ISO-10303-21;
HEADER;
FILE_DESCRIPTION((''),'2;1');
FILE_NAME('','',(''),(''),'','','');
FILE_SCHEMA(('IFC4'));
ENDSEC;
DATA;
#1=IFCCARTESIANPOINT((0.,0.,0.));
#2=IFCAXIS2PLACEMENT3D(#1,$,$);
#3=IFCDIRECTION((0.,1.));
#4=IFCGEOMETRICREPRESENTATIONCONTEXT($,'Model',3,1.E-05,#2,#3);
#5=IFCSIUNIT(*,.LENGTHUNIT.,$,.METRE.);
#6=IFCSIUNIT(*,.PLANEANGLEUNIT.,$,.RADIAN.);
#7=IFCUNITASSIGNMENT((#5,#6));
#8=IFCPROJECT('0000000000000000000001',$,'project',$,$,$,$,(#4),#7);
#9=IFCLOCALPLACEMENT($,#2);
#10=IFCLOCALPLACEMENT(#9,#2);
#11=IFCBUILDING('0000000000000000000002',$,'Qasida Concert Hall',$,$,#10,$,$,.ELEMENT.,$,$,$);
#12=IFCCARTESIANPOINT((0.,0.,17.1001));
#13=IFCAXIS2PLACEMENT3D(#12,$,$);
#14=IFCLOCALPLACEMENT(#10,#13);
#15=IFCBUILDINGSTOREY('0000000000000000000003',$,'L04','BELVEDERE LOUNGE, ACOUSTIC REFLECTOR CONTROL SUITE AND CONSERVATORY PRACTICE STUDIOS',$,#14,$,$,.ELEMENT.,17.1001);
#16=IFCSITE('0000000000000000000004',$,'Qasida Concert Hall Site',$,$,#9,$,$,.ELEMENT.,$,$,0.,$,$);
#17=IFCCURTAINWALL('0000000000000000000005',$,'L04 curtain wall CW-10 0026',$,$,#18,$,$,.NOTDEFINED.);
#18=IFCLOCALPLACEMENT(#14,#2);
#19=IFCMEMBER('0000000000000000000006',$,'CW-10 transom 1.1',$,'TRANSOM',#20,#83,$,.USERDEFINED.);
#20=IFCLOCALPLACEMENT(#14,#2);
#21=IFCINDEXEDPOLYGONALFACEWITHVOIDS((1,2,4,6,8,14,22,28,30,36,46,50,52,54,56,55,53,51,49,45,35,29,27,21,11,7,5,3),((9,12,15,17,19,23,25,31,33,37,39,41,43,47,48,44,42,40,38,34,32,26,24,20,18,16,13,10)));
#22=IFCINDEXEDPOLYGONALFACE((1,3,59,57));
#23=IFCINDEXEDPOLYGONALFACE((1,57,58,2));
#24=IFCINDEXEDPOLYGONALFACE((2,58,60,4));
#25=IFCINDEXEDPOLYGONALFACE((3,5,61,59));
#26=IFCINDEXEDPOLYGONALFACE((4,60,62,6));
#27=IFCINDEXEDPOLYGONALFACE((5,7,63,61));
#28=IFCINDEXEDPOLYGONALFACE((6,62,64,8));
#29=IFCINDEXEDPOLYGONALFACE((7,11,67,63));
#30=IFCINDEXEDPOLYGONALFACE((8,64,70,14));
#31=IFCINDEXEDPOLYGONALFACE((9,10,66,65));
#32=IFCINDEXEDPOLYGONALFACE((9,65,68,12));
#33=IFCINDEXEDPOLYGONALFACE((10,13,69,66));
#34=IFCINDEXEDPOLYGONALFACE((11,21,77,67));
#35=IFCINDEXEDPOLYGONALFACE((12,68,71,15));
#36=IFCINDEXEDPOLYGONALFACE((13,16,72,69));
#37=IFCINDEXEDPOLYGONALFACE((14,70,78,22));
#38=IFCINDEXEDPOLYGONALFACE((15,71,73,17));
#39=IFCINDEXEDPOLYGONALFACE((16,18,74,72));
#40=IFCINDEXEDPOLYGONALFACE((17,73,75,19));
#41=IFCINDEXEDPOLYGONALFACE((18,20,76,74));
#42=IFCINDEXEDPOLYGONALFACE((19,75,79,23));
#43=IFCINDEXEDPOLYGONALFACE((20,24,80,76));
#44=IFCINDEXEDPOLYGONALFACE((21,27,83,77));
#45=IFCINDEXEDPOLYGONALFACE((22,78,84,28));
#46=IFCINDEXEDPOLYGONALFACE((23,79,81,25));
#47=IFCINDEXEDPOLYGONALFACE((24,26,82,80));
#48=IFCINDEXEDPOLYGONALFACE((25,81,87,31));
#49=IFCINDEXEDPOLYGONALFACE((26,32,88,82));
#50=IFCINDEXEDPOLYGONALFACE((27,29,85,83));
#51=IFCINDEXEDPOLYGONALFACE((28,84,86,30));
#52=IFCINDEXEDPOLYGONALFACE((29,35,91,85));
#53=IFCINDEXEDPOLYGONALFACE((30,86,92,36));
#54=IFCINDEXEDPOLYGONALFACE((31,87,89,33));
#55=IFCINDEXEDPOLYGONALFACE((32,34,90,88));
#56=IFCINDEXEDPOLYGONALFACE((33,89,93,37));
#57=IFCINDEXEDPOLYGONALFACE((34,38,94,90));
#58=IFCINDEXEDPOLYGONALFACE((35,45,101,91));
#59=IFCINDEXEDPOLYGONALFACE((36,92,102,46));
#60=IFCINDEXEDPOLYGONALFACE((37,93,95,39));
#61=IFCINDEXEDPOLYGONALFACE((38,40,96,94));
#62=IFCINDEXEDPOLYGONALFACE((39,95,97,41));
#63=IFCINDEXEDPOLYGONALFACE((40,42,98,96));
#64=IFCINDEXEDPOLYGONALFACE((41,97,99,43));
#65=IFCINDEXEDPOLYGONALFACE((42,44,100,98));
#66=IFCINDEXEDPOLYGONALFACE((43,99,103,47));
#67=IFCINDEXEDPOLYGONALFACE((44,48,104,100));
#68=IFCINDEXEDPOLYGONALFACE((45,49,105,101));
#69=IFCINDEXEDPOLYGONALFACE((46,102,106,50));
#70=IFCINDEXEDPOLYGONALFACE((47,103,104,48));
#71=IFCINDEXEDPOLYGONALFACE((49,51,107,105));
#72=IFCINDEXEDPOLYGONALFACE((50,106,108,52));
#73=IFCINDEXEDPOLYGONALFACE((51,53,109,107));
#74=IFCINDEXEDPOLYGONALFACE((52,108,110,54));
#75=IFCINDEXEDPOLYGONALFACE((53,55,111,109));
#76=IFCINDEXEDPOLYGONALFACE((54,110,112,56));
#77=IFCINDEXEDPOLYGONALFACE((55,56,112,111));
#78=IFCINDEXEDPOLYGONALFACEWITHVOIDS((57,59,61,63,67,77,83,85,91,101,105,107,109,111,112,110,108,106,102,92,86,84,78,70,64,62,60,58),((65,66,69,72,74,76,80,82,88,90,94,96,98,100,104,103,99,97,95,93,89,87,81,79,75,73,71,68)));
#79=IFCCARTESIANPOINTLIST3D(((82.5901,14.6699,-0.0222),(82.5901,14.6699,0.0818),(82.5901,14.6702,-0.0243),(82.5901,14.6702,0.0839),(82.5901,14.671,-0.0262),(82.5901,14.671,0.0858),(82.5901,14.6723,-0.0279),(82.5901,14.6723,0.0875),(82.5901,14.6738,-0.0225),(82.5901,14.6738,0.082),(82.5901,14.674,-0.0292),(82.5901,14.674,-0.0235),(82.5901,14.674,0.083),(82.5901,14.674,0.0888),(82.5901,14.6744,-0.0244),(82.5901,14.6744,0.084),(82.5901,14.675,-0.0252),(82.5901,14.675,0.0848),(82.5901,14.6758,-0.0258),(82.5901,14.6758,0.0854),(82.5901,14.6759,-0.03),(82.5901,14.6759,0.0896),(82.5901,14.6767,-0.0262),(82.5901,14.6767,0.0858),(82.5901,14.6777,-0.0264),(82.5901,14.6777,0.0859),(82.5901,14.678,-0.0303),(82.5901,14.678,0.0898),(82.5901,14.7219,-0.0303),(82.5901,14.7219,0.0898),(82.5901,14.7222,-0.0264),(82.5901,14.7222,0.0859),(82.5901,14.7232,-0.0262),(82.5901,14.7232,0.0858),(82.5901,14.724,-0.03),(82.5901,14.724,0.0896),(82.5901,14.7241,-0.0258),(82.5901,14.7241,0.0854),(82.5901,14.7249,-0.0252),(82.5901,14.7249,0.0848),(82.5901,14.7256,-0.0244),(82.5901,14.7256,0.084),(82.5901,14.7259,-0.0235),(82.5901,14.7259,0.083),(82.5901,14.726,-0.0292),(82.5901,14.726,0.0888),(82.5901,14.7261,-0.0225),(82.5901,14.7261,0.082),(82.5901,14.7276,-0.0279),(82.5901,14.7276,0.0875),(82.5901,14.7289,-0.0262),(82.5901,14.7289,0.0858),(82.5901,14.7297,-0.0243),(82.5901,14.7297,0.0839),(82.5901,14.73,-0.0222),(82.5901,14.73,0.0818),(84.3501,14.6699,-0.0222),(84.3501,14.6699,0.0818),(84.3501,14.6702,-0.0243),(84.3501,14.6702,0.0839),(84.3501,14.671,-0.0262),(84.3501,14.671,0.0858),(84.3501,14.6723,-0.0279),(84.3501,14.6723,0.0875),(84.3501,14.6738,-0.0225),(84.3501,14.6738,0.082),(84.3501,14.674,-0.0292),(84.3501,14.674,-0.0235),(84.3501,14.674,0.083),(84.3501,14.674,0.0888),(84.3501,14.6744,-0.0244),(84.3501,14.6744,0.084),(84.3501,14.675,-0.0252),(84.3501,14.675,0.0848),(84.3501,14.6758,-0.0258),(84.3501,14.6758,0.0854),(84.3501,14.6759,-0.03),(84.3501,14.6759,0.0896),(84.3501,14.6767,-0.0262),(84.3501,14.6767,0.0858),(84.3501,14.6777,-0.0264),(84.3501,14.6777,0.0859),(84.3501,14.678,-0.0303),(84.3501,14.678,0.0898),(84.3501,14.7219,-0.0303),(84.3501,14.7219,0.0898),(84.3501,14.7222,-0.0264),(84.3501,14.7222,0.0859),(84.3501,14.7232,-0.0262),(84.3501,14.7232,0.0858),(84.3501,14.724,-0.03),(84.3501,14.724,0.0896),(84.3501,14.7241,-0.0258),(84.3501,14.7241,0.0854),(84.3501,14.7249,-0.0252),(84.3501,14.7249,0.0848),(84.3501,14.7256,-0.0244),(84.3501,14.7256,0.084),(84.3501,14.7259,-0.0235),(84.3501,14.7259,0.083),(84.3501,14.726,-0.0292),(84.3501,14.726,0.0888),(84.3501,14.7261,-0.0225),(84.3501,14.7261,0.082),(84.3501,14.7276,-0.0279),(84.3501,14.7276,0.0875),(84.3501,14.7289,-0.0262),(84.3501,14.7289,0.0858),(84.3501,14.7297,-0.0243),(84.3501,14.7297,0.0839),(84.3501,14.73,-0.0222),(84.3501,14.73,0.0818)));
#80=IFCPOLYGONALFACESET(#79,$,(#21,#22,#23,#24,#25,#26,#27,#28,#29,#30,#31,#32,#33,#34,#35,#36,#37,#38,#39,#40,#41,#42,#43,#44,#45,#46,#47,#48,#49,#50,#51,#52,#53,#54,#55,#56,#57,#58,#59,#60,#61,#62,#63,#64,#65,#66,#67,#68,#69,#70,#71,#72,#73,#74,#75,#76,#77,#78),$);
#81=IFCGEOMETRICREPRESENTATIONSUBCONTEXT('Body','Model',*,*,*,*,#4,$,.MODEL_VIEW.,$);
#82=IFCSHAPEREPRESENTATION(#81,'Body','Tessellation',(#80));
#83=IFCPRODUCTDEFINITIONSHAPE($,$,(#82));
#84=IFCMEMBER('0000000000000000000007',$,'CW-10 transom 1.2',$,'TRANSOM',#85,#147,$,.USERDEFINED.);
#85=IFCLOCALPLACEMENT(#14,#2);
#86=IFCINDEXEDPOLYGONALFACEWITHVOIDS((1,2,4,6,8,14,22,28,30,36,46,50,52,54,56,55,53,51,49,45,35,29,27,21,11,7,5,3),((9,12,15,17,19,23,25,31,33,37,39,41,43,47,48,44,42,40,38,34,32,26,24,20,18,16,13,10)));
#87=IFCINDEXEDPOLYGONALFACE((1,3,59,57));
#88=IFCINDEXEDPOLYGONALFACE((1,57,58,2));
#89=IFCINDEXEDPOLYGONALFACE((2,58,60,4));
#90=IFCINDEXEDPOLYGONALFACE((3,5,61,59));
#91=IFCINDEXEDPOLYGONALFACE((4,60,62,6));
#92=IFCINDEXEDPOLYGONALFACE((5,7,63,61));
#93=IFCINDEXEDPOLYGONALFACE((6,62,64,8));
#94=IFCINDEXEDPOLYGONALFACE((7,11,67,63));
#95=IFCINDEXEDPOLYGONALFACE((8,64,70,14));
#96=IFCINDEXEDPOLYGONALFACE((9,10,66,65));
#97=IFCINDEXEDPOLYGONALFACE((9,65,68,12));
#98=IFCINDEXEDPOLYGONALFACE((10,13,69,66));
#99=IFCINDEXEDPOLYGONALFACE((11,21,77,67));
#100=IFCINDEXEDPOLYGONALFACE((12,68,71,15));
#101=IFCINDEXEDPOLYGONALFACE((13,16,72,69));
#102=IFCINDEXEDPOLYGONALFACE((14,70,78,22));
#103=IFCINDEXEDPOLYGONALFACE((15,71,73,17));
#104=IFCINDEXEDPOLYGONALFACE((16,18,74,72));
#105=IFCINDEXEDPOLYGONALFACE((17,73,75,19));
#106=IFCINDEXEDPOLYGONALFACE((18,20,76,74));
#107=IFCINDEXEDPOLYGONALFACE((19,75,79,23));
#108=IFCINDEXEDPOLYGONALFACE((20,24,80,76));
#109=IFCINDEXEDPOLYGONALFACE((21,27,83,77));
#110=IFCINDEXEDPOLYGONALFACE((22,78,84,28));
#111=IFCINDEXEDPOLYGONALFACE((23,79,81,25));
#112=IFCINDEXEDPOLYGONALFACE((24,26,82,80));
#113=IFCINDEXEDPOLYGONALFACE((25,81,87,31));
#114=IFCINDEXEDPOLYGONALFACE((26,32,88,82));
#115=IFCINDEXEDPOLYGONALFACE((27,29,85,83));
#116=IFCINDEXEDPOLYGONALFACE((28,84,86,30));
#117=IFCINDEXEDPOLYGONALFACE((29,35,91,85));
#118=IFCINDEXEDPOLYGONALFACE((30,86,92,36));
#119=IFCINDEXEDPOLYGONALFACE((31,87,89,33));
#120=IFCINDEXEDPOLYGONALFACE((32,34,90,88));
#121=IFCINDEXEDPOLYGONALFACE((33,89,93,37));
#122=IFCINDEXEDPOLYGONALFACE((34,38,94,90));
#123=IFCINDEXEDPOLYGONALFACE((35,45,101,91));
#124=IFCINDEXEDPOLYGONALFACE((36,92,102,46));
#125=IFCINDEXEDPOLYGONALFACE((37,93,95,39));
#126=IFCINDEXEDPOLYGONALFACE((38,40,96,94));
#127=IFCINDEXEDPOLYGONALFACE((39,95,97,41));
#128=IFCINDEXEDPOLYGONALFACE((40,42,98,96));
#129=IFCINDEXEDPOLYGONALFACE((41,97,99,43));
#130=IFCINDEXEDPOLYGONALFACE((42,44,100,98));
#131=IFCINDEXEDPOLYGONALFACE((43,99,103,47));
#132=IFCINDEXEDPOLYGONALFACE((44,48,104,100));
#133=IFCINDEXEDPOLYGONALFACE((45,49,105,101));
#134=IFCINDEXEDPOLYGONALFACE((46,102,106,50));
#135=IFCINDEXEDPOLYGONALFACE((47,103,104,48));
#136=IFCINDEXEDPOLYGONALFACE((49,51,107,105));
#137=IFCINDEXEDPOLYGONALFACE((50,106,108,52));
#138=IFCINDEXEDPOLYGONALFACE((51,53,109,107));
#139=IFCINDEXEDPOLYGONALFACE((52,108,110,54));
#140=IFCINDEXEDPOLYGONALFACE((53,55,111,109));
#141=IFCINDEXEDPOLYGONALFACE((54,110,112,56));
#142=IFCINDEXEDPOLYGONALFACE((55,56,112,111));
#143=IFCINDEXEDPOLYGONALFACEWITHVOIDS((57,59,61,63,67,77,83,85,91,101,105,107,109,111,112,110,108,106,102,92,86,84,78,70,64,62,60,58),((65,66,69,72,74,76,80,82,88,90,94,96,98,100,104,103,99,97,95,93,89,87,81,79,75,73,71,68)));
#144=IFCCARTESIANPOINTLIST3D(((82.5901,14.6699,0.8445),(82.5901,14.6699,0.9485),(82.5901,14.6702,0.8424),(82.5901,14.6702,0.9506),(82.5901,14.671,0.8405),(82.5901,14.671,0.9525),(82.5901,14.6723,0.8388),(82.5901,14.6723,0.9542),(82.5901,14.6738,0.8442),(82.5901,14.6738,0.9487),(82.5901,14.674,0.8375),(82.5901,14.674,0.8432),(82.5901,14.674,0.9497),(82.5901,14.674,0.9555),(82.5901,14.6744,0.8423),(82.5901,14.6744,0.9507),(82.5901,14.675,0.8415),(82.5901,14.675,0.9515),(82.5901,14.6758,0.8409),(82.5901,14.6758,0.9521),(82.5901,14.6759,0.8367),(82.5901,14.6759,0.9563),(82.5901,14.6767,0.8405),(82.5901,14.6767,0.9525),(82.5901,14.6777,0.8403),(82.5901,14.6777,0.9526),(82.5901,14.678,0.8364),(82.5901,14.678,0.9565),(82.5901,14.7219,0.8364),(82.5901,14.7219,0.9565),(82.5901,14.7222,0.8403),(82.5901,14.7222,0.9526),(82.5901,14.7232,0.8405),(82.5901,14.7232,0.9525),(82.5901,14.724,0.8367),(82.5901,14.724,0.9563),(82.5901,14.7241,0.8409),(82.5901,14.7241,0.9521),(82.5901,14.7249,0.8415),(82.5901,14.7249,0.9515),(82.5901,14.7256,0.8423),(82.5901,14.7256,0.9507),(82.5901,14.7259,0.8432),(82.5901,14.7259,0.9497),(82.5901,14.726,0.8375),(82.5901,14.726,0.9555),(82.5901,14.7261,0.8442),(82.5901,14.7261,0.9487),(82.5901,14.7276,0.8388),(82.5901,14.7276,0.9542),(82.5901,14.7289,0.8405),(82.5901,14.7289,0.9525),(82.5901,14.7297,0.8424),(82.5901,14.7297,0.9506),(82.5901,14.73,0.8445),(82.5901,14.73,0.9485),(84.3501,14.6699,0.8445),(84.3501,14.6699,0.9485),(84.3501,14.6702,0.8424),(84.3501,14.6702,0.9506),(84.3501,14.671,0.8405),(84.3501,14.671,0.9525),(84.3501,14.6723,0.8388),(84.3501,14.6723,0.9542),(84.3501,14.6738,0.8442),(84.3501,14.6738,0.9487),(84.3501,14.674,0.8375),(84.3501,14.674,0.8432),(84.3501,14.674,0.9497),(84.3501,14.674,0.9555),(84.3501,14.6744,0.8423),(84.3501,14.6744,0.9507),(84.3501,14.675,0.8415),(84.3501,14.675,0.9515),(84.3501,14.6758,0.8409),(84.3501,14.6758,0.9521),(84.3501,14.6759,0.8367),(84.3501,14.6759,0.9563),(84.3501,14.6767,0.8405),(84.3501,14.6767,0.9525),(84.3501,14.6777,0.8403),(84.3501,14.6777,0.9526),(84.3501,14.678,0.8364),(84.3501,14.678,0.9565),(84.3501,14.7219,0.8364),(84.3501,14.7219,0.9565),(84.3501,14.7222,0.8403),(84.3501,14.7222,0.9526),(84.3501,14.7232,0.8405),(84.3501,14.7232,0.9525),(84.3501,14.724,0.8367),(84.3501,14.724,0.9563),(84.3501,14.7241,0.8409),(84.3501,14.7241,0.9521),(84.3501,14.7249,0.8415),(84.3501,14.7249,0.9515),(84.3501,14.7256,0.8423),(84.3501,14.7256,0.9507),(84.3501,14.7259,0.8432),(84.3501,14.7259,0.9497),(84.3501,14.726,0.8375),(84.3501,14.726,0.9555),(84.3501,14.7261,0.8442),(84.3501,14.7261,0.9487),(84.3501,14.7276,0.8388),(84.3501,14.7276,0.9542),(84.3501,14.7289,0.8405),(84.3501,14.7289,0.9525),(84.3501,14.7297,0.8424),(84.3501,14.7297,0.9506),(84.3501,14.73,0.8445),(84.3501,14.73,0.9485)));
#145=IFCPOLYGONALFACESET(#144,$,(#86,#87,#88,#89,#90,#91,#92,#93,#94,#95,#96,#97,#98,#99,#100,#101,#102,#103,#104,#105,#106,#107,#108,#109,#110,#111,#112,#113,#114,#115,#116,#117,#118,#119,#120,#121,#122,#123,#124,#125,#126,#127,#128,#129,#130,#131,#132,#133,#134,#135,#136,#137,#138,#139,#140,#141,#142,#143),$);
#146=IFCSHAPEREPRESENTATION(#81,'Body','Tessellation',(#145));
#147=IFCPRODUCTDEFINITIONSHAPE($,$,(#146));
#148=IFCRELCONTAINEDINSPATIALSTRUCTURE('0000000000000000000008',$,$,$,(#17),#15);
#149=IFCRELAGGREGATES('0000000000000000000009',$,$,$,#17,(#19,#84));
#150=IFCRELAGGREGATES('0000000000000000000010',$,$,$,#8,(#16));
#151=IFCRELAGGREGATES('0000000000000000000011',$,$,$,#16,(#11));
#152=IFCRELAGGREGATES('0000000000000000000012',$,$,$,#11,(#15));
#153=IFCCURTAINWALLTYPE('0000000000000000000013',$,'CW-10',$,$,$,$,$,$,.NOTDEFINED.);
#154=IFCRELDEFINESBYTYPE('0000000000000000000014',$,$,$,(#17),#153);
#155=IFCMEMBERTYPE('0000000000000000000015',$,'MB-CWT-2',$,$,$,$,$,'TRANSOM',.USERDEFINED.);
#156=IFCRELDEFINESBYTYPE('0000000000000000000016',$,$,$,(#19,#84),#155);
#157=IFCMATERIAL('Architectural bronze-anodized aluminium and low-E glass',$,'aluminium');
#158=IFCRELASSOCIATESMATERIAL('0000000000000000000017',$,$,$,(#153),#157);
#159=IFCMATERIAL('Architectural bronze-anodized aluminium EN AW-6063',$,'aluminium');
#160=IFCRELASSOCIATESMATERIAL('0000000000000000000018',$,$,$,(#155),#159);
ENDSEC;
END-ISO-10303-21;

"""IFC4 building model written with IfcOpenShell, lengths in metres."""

from ifc_helpers import new_model, si_unit, direction, frame, origin, origin_2d, place, context, subcontext, project, spatial, hollow_rectangle, extrude, material, material_profile, profile_set, type_object, element, aggregate, save


model = new_model("IFC4")

# Units and contexts
model_context = context("Model", 3, precision=1e-05, world=origin(), true_north=direction((0.0, 1.0)))
body_context = subcontext(model_context, "Body", "Model", "MODEL_VIEW")
ifc_project = project(units=[si_unit("LENGTHUNIT", "METRE"), si_unit("PLANEANGLEUNIT", "RADIAN")], contexts=[model_context])

# Site, building, storey
site_placement = place(None, origin())
site = spatial("IfcSite", under=ifc_project, at=site_placement, Name="Qasida Concert Hall Site", CompositionType="ELEMENT", RefElevation=0.0)
building_placement = place(site_placement, origin())
building = spatial("IfcBuilding", under=site, at=building_placement, Name="Qasida Concert Hall", CompositionType="ELEMENT")
storey_placement = place(building_placement, frame((0.0, 0.0, 17.1001)))
storey = spatial("IfcBuildingStorey", under=building, at=storey_placement, Name="L04", Description="BELVEDERE LOUNGE, ACOUSTIC REFLECTOR CONTROL SUITE AND CONSERVATORY PRACTICE STUDIOS", CompositionType="ELEMENT", Elevation=17.1001)

# Shared definitions
ifc_material_1 = material(Name="Architectural bronze-anodized aluminium and low-E glass", Category="aluminium")
curtain_wall_type = type_object("IfcCurtainWallType", Name="CW-10", PredefinedType="NOTDEFINED", material=ifc_material_1)
ifc_material_2 = material(Name="Architectural bronze-anodized aluminium EN AW-6063", Category="aluminium")

# Curtain wall
curtain_wall_1_placement = place(storey_placement, origin())
curtain_wall_1 = element("IfcCurtainWall", 1, at=curtain_wall_1_placement, inside=storey, type_object=curtain_wall_type, Name="L04 curtain wall CW-10 0026", PredefinedType="NOTDEFINED")

# Members
ifc_material_profile_1 = material_profile(ifc_material_2, hollow_rectangle(XDim=0.0601, YDim=0.1201, WallThickness=0.0039, InnerFilletRadius=0.0039, OuterFilletRadius=0.0081, at=origin_2d()), Name="CWT 120x60x4")
ifc_profile_set_1 = profile_set([ifc_material_profile_1], Name="Architectural bronze-anodized aluminium EN AW-6063")
member_type_1 = type_object("IfcMemberType", Name="MB-CWT-2", ElementType="TRANSOM", PredefinedType="USERDEFINED", material=ifc_profile_set_1)
member_1_placement = place(storey_placement, frame((82.5901, 14.7, 0.0298), z_axis=(1.0, 0.0, 0.0), x_axis=(0.0, 1.0, 0.0)))
member_1 = element("IfcMember", 2, at=member_1_placement, type_object=member_type_1, Name="CW-10 transom 1.1", ObjectType="TRANSOM", PredefinedType="USERDEFINED", context=body_context, shape_type="SweptSolid", body=[
    extrude(hollow_rectangle(XDim=0.0601, YDim=0.1201, WallThickness=0.0039, InnerFilletRadius=0.0039, OuterFilletRadius=0.0081, at=origin_2d()), origin(), (0.0, 0.0, 1.0), 1.76),
])
member_2_placement = place(storey_placement, frame((82.5901, 14.7, 0.8965), z_axis=(1.0, 0.0, 0.0), x_axis=(0.0, 1.0, 0.0)))
member_2 = element("IfcMember", 3, at=member_2_placement, type_object=member_type_1, Name="CW-10 transom 1.2", ObjectType="TRANSOM", PredefinedType="USERDEFINED", context=body_context, shape_type="SweptSolid", body=[
    extrude(hollow_rectangle(XDim=0.0601, YDim=0.1201, WallThickness=0.0039, InnerFilletRadius=0.0039, OuterFilletRadius=0.0081, at=origin_2d()), origin(), (0.0, 0.0, 1.0), 1.76),
])
aggregate(curtain_wall_1, [member_1, member_2])

save(model, "model.ifc")
